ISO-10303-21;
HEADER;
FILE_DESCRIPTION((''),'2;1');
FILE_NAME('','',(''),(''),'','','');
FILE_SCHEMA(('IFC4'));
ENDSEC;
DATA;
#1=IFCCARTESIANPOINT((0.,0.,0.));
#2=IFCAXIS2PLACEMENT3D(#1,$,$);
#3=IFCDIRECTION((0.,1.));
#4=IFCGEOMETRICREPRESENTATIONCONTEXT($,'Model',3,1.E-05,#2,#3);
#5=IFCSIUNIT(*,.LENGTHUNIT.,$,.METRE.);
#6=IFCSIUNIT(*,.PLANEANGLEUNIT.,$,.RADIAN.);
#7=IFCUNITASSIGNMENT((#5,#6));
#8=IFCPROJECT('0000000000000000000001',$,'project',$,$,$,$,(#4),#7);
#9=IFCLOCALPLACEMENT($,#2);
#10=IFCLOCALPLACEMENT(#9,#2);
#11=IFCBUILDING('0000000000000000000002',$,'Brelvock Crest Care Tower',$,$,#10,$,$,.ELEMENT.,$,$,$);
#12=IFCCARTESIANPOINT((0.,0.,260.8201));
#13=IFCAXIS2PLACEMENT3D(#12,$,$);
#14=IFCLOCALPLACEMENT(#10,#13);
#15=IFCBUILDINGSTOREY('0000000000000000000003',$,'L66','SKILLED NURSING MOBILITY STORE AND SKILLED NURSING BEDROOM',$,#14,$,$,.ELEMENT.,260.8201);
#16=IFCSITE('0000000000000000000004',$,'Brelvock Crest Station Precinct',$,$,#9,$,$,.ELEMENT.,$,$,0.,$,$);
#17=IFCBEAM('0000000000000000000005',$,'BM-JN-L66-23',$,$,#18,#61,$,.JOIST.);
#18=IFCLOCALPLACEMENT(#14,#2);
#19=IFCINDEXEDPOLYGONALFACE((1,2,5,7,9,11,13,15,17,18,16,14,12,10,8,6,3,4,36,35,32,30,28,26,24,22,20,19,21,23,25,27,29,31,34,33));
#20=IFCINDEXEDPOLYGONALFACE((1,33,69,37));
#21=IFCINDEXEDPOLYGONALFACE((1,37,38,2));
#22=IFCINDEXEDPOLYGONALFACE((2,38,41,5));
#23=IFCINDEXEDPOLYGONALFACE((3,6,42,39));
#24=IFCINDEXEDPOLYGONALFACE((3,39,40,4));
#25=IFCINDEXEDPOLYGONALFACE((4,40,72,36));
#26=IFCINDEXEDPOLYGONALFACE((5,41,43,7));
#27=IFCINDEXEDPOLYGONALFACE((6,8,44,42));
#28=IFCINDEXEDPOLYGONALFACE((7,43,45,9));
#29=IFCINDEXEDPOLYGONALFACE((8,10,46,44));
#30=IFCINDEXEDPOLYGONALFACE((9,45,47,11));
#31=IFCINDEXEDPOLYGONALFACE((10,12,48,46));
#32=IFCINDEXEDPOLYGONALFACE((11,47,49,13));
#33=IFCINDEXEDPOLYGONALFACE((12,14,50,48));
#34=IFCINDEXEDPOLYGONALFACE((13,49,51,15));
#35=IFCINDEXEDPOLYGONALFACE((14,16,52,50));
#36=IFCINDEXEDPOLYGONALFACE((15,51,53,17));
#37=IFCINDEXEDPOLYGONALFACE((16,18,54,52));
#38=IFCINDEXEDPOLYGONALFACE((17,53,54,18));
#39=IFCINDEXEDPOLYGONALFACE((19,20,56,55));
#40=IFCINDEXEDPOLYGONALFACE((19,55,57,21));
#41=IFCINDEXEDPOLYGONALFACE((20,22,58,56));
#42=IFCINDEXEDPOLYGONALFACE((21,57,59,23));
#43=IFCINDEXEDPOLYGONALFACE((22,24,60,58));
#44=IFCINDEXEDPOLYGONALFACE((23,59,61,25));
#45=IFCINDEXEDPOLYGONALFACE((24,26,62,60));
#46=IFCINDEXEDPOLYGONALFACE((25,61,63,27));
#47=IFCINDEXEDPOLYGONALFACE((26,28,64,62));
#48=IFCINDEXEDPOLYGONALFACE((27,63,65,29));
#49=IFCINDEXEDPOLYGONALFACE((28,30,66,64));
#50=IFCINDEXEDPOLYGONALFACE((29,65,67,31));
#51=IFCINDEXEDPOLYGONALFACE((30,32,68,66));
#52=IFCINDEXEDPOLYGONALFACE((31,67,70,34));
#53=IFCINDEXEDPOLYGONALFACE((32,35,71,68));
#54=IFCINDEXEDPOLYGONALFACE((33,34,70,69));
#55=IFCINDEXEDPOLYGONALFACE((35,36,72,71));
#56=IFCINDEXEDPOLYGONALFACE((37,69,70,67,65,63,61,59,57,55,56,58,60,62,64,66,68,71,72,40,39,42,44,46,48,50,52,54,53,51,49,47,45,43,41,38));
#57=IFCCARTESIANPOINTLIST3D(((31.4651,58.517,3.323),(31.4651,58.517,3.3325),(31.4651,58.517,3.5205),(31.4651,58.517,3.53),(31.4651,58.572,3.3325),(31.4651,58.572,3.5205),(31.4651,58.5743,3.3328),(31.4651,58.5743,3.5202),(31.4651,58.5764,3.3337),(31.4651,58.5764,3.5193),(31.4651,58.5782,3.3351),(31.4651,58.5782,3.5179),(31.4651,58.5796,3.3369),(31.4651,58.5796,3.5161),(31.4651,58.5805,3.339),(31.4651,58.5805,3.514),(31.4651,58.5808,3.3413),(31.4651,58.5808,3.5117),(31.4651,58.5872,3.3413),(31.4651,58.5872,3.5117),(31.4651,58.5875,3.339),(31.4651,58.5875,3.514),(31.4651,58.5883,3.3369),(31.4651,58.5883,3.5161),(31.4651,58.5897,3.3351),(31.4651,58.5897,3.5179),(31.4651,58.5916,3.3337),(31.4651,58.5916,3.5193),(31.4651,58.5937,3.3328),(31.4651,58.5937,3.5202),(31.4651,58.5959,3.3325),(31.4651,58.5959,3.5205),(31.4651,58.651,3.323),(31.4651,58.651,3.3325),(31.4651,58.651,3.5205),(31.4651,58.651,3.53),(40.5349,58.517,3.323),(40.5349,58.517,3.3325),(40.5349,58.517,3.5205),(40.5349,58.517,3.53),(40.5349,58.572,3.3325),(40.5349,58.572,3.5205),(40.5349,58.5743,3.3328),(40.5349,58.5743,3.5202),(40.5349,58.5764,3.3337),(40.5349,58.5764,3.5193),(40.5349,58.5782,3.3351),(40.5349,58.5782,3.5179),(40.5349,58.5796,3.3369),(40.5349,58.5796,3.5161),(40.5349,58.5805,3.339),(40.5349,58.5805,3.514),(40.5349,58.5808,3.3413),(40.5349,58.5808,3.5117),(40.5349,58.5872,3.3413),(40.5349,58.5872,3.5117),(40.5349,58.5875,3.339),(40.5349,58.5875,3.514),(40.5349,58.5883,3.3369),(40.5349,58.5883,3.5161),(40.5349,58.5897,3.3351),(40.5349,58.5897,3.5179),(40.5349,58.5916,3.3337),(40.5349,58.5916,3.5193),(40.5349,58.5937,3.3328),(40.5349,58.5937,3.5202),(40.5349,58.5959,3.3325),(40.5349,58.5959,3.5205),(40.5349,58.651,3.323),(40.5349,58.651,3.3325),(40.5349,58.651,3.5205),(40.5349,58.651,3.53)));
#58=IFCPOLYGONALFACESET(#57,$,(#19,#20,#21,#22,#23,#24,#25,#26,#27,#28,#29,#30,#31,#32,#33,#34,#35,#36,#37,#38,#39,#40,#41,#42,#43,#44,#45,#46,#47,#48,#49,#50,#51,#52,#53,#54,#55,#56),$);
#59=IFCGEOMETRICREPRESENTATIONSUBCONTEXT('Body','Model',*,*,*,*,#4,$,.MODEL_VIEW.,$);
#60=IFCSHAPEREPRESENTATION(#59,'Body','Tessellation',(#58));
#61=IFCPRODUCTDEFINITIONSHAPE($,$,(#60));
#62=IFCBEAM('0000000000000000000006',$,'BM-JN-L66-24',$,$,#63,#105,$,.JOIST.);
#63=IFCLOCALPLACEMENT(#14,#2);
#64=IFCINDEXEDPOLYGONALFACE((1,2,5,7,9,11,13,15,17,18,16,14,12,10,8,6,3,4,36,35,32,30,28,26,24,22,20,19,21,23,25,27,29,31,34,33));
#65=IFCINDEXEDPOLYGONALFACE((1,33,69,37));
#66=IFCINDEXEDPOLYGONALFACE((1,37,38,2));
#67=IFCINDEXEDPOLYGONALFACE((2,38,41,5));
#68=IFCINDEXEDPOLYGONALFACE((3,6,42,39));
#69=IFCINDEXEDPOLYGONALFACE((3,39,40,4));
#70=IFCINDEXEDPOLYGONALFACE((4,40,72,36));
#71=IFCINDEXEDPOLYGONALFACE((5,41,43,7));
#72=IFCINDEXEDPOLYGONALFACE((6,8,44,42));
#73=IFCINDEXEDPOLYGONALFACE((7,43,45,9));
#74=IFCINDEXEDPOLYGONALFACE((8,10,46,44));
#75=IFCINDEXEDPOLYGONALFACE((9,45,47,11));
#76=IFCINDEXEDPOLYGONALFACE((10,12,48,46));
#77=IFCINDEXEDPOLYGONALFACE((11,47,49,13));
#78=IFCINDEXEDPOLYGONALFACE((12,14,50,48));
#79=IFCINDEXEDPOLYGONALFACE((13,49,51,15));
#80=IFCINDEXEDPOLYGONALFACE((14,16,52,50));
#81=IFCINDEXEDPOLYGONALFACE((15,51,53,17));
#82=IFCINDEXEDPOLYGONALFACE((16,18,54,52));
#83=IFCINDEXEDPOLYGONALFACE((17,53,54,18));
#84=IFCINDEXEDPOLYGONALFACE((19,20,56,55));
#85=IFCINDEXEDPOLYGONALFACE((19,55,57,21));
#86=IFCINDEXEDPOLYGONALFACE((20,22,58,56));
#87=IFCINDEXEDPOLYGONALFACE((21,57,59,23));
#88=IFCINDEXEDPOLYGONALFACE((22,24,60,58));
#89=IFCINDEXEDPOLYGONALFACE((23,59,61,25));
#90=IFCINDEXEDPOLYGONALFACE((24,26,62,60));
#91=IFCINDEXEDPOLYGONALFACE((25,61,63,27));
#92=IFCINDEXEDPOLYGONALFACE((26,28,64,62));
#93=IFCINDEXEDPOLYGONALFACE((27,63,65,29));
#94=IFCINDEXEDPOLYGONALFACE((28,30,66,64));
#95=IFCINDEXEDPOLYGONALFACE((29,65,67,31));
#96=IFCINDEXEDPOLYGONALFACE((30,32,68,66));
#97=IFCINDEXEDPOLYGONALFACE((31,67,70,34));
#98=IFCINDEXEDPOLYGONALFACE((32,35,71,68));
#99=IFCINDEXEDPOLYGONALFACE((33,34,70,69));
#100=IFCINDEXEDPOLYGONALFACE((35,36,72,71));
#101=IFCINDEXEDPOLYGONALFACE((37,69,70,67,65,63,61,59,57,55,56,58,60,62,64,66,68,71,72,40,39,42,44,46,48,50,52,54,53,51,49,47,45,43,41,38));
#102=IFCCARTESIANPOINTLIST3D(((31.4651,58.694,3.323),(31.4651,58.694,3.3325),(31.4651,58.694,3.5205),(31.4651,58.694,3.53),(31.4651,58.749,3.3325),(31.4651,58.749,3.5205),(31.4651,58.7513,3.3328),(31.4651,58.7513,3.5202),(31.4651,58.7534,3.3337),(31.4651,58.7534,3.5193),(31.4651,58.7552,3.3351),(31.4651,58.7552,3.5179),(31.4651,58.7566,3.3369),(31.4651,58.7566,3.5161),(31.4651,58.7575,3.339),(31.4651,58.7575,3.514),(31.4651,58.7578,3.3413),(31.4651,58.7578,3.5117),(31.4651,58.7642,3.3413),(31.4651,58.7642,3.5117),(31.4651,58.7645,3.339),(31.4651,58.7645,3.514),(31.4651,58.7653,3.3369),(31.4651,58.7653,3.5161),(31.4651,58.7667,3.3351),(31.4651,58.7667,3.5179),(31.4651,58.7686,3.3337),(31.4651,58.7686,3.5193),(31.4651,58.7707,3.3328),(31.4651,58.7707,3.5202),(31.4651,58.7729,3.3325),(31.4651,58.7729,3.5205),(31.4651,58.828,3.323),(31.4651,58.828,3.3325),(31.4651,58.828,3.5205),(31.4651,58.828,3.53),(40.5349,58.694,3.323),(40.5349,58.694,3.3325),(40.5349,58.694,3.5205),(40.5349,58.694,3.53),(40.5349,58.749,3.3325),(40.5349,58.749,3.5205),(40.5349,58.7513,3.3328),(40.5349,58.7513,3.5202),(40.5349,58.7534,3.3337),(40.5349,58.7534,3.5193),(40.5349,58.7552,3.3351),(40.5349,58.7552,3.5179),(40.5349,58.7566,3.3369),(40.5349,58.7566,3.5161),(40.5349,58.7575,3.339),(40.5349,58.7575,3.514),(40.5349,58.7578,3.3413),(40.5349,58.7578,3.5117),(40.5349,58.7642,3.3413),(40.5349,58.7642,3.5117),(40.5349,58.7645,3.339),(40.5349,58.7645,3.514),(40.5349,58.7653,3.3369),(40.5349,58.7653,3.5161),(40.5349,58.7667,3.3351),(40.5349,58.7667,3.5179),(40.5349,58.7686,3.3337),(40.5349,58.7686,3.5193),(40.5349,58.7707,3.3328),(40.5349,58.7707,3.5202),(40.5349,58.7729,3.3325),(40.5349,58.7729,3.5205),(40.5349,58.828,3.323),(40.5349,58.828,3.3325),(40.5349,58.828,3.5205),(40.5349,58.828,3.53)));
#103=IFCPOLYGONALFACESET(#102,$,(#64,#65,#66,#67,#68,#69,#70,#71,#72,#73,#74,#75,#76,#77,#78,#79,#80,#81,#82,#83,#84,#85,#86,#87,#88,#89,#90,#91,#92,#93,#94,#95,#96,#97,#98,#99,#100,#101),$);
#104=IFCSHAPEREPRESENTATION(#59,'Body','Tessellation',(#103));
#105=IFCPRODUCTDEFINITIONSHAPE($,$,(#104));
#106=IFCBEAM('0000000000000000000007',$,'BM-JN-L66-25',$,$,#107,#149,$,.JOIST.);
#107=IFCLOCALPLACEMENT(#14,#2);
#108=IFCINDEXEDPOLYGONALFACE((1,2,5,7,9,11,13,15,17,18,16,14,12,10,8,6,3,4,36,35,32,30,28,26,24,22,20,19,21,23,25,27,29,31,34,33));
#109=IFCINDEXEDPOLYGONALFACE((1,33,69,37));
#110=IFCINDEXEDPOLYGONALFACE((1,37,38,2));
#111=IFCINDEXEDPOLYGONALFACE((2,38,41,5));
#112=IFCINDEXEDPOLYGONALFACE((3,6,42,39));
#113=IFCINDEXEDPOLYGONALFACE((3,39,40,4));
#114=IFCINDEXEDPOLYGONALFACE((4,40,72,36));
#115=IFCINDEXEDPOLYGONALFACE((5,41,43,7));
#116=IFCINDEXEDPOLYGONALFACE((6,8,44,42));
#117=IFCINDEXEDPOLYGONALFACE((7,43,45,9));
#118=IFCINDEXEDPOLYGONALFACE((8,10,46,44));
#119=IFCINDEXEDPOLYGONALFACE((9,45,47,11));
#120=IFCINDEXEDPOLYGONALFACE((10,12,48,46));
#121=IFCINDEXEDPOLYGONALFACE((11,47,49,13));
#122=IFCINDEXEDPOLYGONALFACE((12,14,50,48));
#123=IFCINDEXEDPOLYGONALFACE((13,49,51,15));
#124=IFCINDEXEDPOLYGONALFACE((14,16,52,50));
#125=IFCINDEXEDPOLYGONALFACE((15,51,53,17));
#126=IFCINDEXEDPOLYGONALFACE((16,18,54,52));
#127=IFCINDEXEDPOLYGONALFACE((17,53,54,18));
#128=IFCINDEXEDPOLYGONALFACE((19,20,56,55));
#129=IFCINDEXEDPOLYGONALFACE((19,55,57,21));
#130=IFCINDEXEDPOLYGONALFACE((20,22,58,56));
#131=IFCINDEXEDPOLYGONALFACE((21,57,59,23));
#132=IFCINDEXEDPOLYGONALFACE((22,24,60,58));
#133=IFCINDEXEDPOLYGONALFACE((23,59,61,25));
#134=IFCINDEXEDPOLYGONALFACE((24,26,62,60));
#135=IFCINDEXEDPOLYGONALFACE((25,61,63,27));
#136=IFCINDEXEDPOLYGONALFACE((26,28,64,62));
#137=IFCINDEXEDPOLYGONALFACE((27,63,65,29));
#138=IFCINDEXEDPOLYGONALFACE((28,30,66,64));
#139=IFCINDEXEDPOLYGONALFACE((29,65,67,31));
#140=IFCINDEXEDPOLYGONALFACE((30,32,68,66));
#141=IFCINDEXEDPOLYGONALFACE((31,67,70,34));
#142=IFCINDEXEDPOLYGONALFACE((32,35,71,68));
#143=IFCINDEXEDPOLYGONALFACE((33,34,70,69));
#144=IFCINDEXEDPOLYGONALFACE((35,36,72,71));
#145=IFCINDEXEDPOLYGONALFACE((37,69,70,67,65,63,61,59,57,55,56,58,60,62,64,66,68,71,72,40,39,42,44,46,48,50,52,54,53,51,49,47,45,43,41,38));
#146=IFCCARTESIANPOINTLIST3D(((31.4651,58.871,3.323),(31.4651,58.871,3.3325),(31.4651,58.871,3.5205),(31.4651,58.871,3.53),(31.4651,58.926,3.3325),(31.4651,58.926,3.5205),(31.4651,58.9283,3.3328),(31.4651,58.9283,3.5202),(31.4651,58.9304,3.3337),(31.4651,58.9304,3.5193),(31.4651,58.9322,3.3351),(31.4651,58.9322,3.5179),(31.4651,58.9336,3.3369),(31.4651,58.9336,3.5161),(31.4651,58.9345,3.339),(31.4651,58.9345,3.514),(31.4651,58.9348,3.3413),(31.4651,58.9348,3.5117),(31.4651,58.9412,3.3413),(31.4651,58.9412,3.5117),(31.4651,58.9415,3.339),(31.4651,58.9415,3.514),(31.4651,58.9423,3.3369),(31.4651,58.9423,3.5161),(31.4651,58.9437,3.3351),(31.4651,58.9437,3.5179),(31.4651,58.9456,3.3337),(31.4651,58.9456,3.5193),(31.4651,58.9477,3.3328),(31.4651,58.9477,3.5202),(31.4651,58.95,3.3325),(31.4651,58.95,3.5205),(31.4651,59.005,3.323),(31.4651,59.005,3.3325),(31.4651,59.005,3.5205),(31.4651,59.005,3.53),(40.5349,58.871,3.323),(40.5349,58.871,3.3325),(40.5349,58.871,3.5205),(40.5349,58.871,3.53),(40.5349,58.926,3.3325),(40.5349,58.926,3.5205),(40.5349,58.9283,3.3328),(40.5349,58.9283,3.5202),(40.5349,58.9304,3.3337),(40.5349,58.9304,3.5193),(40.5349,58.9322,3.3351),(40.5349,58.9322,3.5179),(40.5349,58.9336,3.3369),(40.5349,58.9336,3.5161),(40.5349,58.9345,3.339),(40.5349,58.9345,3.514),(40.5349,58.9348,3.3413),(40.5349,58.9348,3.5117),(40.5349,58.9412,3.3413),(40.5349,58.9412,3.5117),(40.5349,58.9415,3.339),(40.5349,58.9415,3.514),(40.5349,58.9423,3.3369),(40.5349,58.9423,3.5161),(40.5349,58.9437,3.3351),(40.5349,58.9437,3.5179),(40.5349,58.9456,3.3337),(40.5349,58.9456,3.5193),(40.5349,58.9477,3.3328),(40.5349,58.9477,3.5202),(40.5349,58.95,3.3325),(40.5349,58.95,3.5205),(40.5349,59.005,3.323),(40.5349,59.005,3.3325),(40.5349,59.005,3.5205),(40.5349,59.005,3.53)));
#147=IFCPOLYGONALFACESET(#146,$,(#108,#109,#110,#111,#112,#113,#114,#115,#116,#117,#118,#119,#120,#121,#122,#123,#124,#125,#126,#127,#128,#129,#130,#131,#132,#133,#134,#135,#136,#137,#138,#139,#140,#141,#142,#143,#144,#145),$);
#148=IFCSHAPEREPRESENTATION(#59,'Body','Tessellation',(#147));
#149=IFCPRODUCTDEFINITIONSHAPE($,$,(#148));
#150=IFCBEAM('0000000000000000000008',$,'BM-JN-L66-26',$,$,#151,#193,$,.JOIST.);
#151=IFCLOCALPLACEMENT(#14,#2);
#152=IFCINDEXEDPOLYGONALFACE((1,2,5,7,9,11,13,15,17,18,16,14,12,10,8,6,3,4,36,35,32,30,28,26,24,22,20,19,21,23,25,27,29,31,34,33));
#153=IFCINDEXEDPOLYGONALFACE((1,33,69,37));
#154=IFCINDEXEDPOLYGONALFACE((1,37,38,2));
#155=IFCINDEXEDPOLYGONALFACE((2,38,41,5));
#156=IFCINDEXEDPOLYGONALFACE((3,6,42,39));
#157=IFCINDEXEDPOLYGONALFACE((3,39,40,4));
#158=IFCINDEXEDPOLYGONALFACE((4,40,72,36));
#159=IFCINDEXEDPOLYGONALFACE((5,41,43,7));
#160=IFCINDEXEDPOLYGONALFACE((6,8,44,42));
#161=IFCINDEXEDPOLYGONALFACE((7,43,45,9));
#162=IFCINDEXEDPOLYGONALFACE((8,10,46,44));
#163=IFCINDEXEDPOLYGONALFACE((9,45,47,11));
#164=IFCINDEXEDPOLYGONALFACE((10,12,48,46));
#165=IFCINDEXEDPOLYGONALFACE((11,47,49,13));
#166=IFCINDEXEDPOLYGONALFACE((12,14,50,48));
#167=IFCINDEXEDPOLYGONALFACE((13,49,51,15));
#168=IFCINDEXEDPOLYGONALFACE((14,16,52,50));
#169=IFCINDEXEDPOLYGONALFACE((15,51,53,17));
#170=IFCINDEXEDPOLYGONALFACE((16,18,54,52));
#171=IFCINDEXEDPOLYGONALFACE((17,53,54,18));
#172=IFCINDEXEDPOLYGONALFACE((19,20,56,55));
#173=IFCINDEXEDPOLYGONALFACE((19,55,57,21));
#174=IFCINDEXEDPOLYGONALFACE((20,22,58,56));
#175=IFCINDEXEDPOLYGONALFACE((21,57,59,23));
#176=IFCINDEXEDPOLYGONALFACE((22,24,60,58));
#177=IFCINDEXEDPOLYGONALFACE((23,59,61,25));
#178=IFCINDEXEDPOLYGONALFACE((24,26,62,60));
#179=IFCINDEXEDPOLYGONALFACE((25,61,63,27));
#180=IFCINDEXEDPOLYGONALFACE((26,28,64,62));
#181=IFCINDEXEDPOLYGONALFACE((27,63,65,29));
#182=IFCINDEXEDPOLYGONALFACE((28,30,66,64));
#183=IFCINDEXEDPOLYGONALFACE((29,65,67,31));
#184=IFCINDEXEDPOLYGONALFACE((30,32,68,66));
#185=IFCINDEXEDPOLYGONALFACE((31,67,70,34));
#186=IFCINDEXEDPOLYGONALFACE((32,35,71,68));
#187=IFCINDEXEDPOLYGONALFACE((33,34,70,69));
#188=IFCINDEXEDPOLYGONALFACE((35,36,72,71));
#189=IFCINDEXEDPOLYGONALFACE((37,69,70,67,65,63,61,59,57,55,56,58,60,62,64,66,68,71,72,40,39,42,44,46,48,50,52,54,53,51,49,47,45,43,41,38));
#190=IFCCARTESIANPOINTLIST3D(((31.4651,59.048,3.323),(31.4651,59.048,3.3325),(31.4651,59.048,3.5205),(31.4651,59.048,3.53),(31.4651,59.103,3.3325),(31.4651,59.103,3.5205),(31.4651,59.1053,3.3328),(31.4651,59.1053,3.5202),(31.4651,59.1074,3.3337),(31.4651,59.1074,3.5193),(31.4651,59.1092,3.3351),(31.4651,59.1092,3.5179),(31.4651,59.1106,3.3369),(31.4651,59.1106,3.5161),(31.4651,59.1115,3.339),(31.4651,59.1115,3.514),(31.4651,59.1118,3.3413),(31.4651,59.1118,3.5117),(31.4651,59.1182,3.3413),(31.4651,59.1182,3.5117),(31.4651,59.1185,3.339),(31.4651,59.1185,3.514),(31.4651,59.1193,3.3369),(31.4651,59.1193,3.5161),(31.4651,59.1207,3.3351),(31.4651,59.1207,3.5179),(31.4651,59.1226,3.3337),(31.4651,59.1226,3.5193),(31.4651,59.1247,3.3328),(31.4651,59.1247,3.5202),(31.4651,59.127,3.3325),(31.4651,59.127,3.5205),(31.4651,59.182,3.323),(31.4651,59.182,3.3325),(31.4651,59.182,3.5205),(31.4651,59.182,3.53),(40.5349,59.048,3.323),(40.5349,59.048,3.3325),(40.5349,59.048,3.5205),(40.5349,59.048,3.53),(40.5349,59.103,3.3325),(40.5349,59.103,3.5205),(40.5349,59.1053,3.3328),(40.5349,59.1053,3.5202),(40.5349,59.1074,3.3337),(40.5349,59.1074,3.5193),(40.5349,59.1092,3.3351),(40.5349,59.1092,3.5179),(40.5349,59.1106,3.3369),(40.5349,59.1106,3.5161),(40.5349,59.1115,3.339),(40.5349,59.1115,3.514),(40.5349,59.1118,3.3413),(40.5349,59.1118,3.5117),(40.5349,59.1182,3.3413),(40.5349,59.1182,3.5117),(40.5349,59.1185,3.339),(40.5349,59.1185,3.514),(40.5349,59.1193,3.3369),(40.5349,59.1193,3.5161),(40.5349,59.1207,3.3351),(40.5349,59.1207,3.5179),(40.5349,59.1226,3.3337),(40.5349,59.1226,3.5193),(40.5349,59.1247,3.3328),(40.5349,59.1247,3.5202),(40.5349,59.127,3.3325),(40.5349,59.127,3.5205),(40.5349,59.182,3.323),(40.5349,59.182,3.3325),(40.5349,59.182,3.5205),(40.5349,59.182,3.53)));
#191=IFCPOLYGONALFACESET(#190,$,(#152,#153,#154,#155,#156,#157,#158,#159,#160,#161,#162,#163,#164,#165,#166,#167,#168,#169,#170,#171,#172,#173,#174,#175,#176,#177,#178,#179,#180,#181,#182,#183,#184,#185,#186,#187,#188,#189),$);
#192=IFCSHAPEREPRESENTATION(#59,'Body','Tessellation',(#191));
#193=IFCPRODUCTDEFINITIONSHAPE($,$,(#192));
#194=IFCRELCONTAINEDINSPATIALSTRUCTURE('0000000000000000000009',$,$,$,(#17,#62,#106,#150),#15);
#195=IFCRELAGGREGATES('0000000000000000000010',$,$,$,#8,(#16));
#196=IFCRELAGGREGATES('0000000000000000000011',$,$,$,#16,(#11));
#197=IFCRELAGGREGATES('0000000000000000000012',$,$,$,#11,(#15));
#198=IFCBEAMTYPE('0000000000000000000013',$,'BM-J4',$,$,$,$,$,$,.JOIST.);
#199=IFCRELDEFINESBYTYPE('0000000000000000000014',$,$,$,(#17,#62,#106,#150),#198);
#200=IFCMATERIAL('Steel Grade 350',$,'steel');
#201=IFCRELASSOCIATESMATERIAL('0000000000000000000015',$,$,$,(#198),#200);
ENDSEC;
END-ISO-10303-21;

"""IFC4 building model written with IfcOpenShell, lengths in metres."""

from ifc_helpers import new_model, si_unit, direction, frame, origin, origin_2d, place, context, subcontext, project, spatial, i_section, extrude, source, transform, mapped, material, material_profile, profile_set, type_object, element, save


model = new_model("IFC4")

# Units and contexts
model_context = context("Model", 3, precision=1e-05, world=origin(), true_north=direction((0.0, 1.0)))
body_context = subcontext(model_context, "Body", "Model", "MODEL_VIEW")
ifc_project = project(units=[si_unit("LENGTHUNIT", "METRE"), si_unit("PLANEANGLEUNIT", "RADIAN")], contexts=[model_context])

# Site, building, storey
site_placement = place(None, origin())
site = spatial("IfcSite", under=ifc_project, at=site_placement, Name="Brelvock Crest Station Precinct", CompositionType="ELEMENT", RefElevation=0.0)
building_placement = place(site_placement, origin())
building = spatial("IfcBuilding", under=site, at=building_placement, Name="Brelvock Crest Care Tower", CompositionType="ELEMENT")
storey_placement = place(building_placement, frame((0.0, 0.0, 260.8201)))
storey = spatial("IfcBuildingStorey", under=building, at=storey_placement, Name="L66", Description="SKILLED NURSING MOBILITY STORE AND SKILLED NURSING BEDROOM", CompositionType="ELEMENT", Elevation=260.8201)

# Shared definitions
ifc_material_1 = material(Name="Steel Grade 350", Category="steel")

# Beams
ifc_material_profile_1 = material_profile(ifc_material_1, i_section(OverallWidth=0.134, OverallDepth=0.207, WebThickness=0.0063, FlangeThickness=0.0095, FilletRadius=0.0088, at=origin_2d()), Name="200UB29.8")
ifc_profile_set_1 = profile_set([ifc_material_profile_1], Name="Steel Grade 350")
beam_type_1 = type_object("IfcBeamType", Name="BM-J4", PredefinedType="JOIST", material=ifc_profile_set_1)
shared_shape_1 = source(origin(), body_context, "Body", "SweptSolid", [
    extrude(i_section(OverallWidth=0.134, OverallDepth=0.207, WebThickness=0.0063, FlangeThickness=0.0095, FilletRadius=0.0088, at=origin_2d()), origin(), (0.0, 0.0, 1.0), 9.0698),
])
for number, where, z_axis, x_axis, name in (
    (1, (31.4651, 58.584, 3.4265), (1.0, 0.0, 0.0), (0.0, 1.0, 0.0), "BM-JN-L66-23"),
    (2, (31.4651, 58.761, 3.4265), (1.0, 0.0, 0.0), (0.0, 1.0, 0.0), "BM-JN-L66-24"),
    (3, (31.4651, 58.938, 3.4265), (1.0, 0.0, 0.0), (0.0, 1.0, 0.0), "BM-JN-L66-25"),
    (4, (31.4651, 59.115, 3.4265), (1.0, 0.0, 0.0), (0.0, 1.0, 0.0), "BM-JN-L66-26"),
):
    element("IfcBeam", number, at=place(storey_placement, frame(where, z_axis=z_axis, x_axis=x_axis)), inside=storey, type_object=beam_type_1, Name=name, PredefinedType="JOIST", context=body_context, shape_type="MappedRepresentation", body=[
        mapped(shared_shape_1, transform((0.0, 0.0, 0.0), x_axis=(1.0, 0.0, 0.0), y_axis=(0.0, 1.0, 0.0), z_axis=(0.0, 0.0, 1.0), scale=1.0)),
    ])

save(model, "model.ifc")
